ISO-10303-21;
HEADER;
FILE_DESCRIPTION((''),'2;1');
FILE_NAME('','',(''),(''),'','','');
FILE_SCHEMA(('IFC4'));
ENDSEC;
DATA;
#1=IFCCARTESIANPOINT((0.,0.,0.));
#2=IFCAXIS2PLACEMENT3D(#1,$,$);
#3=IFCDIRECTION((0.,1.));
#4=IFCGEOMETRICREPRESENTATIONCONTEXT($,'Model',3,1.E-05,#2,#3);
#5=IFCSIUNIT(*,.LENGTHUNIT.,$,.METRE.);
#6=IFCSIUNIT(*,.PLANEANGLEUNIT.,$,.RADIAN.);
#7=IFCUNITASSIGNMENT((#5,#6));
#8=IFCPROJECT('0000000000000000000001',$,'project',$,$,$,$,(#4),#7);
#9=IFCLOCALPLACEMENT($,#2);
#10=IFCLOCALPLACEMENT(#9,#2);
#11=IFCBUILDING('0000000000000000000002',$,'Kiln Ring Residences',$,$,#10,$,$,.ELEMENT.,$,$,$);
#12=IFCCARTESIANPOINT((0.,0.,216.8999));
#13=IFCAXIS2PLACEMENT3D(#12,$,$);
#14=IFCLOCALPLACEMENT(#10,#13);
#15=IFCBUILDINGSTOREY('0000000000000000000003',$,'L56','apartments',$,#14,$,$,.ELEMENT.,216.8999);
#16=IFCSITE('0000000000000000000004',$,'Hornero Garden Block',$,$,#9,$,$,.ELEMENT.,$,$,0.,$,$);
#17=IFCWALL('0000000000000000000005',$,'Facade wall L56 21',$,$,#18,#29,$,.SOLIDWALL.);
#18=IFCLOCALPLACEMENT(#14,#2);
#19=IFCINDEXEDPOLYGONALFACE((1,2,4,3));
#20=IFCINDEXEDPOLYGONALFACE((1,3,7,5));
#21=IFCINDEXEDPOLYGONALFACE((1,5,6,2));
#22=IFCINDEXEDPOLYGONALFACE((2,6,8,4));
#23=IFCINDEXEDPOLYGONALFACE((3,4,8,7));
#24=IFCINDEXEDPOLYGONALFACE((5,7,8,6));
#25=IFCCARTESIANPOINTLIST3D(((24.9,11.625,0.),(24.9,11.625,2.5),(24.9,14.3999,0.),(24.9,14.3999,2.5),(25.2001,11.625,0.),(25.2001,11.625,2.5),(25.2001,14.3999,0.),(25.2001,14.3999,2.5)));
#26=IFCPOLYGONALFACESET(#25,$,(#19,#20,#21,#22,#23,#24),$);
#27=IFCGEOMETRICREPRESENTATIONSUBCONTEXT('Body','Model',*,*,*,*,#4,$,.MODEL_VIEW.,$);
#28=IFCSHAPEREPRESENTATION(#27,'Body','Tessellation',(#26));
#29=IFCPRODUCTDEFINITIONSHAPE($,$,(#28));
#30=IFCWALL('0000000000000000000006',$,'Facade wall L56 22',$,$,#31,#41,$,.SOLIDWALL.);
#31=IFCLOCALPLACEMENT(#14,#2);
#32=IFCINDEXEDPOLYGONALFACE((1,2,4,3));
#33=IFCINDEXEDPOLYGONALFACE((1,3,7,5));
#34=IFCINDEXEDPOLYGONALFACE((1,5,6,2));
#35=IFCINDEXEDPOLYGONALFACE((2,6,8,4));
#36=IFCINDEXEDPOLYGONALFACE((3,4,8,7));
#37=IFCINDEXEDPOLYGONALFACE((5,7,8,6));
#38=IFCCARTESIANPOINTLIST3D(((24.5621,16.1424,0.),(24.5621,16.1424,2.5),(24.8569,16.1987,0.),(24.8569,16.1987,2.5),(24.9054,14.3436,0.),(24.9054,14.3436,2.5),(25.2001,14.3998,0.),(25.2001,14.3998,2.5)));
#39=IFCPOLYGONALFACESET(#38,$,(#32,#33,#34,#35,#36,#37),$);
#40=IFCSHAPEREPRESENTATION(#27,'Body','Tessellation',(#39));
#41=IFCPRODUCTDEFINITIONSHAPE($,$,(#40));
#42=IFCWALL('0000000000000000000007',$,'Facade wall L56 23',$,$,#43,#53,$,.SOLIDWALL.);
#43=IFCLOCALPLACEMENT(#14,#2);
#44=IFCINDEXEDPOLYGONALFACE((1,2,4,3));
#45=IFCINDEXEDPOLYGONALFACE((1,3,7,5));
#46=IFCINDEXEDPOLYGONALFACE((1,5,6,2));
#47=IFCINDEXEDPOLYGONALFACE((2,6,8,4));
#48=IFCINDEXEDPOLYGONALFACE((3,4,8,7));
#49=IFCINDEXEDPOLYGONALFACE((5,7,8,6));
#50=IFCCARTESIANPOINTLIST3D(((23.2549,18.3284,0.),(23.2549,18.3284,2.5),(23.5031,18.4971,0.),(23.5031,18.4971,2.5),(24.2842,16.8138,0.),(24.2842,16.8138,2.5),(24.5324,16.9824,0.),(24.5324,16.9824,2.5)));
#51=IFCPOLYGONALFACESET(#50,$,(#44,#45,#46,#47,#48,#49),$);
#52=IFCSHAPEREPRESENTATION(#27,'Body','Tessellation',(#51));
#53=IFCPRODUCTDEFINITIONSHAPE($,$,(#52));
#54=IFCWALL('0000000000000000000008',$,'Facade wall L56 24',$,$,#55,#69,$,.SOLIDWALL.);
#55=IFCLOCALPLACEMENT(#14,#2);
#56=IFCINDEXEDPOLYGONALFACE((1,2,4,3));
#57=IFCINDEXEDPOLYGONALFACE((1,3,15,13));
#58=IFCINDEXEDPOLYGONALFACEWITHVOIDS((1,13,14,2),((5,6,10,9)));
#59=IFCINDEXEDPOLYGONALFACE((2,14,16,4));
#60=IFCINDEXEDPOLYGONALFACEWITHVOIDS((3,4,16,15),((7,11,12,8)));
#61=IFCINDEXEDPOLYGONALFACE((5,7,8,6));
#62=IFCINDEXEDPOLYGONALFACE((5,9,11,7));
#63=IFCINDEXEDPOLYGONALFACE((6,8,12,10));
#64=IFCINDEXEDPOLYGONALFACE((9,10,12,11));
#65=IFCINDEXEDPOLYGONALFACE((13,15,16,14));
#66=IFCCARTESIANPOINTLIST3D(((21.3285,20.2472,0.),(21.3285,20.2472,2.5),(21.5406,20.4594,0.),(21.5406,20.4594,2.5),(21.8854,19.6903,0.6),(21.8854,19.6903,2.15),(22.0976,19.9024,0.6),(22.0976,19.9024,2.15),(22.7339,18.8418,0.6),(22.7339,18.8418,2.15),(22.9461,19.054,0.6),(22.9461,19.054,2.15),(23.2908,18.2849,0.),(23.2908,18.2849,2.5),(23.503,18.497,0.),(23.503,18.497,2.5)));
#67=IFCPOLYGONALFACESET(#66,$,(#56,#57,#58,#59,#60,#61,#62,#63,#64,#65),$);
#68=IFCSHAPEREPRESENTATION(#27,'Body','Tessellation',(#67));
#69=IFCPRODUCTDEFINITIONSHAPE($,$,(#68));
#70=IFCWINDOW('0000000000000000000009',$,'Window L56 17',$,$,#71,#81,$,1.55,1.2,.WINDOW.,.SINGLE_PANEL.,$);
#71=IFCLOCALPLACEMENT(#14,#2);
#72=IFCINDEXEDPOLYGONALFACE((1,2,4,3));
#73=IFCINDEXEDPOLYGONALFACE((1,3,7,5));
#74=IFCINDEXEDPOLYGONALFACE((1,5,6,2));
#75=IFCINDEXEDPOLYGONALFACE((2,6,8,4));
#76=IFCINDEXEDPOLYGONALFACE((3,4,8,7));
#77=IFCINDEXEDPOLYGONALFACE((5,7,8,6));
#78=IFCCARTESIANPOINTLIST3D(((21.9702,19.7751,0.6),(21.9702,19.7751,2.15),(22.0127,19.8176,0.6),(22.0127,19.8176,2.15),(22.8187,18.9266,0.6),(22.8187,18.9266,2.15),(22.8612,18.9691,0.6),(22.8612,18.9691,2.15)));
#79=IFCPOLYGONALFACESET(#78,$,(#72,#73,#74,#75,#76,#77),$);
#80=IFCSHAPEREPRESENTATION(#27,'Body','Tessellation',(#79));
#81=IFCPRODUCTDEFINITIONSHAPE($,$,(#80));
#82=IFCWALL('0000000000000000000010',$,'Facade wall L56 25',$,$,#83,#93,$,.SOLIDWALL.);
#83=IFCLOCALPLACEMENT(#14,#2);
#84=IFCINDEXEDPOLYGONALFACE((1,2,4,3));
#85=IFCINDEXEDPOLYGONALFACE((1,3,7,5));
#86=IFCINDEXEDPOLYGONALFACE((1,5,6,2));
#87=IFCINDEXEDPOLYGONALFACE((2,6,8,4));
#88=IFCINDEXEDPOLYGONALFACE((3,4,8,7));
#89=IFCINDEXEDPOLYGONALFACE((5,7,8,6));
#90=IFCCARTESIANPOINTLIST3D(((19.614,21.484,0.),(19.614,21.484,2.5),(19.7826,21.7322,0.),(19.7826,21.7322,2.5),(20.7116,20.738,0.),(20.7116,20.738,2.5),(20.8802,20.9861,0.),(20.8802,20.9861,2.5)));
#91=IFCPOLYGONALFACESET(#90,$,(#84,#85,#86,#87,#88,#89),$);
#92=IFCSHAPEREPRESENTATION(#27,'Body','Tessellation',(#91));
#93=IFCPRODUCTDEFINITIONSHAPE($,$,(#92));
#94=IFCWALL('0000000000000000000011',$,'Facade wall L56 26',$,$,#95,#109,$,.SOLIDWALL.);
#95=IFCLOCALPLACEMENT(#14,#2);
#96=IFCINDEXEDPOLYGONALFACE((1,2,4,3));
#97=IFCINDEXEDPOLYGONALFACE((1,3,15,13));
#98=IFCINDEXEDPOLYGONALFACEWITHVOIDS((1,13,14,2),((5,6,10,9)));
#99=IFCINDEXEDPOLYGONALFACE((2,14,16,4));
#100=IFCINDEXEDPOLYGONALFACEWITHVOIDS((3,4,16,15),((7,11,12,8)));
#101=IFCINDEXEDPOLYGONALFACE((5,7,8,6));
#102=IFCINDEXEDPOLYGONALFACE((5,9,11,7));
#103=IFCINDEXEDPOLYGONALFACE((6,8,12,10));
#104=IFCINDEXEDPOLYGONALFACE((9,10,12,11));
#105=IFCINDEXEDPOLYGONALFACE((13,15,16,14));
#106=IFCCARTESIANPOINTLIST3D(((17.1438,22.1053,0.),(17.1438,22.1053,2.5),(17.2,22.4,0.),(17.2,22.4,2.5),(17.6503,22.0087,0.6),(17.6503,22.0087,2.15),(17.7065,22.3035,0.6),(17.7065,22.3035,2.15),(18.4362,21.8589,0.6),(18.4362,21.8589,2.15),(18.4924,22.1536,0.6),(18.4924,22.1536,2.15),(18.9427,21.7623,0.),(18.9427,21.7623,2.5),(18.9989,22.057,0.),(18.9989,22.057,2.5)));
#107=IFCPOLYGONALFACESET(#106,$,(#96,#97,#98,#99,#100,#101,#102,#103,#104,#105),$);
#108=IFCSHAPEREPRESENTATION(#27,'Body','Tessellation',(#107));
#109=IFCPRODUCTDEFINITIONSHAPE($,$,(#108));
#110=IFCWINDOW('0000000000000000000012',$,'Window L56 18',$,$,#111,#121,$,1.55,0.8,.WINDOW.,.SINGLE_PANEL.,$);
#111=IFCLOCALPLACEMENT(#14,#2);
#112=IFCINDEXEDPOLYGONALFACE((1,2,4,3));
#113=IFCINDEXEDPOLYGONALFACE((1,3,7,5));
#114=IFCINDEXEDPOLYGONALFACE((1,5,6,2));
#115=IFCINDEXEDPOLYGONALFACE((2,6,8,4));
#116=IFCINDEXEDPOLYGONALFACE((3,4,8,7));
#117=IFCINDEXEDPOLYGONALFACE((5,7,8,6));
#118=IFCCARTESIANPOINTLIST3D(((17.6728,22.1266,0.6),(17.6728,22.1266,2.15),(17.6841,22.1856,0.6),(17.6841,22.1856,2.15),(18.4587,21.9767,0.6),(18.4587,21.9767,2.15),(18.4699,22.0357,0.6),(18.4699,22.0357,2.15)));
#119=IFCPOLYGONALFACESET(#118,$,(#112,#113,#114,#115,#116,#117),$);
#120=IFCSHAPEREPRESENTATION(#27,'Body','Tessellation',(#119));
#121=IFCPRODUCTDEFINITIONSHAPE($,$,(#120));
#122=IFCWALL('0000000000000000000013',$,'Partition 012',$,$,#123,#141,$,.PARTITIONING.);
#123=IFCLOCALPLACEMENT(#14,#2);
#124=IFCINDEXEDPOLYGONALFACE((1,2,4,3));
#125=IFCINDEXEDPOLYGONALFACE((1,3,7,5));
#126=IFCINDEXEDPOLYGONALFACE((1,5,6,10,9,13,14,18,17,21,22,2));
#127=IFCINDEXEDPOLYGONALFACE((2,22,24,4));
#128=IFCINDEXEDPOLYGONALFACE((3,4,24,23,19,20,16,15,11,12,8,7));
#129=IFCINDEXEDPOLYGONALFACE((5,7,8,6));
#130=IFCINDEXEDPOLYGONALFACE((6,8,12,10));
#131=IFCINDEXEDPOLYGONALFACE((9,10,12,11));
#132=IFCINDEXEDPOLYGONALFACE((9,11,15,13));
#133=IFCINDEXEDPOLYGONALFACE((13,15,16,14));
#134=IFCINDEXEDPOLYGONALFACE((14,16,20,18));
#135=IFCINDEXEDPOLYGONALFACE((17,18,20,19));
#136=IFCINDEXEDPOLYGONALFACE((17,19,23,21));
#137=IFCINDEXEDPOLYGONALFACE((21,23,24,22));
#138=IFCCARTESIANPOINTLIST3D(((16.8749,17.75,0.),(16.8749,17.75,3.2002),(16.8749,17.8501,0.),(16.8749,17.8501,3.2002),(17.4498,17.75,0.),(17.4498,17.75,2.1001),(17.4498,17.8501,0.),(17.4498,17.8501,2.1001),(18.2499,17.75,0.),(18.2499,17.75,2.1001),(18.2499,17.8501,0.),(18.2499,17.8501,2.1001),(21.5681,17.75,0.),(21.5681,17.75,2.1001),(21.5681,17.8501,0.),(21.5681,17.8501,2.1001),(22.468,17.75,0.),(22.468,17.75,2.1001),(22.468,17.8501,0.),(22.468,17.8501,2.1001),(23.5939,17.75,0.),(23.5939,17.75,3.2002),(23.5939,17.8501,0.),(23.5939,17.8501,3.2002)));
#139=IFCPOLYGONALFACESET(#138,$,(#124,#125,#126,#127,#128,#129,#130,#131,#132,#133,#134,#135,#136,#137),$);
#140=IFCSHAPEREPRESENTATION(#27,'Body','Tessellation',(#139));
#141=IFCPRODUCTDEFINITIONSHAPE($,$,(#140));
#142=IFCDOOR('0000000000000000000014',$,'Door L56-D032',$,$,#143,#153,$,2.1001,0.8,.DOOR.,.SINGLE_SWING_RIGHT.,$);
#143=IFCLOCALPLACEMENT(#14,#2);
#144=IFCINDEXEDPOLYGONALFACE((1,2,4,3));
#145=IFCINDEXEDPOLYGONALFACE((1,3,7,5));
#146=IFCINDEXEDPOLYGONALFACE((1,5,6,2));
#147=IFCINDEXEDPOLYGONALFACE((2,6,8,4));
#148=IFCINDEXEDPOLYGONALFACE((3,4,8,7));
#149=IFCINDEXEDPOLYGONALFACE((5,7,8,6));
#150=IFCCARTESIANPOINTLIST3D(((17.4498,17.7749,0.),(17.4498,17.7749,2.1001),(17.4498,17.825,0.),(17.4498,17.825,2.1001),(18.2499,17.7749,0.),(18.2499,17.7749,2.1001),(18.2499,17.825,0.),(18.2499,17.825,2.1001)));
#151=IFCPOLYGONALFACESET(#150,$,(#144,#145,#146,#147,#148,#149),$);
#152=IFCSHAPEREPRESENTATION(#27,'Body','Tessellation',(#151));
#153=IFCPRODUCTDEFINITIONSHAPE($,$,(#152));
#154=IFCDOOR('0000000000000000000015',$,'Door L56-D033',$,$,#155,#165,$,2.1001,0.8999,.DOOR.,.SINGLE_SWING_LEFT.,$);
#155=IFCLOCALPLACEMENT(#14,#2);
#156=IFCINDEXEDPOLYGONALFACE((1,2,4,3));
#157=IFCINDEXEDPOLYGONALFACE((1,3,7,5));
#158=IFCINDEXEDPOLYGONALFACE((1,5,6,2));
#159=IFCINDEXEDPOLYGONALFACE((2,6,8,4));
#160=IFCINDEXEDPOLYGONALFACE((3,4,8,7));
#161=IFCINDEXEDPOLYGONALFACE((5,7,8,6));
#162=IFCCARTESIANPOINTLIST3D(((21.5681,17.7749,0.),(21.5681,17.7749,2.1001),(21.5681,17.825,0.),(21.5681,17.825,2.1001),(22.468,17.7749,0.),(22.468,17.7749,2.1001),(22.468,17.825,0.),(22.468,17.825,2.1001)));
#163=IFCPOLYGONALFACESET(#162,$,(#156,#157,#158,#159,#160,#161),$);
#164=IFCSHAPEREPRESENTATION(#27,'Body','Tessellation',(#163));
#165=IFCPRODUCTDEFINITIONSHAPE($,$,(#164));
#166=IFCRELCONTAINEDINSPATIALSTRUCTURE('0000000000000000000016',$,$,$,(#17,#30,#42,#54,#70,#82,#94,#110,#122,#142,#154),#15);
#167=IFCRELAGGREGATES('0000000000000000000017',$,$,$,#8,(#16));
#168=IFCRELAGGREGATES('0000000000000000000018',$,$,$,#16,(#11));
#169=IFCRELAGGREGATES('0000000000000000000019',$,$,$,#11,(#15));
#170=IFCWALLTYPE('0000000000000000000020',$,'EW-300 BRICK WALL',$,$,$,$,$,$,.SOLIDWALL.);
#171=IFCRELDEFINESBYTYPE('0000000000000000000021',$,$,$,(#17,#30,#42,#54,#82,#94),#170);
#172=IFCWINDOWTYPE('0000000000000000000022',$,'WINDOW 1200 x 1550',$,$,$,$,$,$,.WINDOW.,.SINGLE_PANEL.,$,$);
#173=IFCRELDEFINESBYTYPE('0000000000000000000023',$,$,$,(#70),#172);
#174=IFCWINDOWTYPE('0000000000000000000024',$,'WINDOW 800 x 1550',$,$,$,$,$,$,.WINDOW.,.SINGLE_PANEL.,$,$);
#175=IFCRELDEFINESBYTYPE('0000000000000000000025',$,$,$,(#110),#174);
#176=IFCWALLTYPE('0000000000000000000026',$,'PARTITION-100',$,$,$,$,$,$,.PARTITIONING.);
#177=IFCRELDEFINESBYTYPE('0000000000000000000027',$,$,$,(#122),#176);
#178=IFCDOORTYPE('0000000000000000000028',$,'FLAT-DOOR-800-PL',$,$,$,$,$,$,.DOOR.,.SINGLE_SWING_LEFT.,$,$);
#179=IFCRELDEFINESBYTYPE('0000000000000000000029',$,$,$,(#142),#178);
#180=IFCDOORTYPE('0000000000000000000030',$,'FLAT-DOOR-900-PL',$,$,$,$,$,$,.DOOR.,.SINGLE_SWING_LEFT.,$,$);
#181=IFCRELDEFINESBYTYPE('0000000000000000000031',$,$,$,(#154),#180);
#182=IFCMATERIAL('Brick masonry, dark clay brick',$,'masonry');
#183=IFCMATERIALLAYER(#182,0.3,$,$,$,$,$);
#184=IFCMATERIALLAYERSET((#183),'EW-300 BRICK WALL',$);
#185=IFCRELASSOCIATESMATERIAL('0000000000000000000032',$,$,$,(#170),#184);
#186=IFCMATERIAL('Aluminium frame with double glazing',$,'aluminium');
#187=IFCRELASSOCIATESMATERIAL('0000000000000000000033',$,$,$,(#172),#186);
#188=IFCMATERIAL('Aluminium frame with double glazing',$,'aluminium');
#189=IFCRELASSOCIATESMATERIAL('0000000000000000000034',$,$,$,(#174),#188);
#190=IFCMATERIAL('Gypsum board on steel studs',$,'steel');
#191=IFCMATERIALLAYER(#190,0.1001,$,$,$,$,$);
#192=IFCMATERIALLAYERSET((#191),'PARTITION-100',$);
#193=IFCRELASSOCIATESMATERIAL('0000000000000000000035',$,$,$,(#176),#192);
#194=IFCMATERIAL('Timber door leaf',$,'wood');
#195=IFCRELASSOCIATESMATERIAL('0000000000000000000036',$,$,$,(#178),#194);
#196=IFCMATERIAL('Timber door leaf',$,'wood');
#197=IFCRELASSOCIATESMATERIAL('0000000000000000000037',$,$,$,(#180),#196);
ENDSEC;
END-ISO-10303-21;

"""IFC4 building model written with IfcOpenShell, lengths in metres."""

from ifc_helpers import new_model, si_unit, direction, frame, frame_2d, origin, place, context, subcontext, project, spatial, rectangle, extrude, material, layer, layer_set, type_object, element, fill, save


model = new_model("IFC4")

# Units and contexts
model_context = context("Model", 3, precision=1e-05, world=origin(), true_north=direction((0.0, 1.0)))
body_context = subcontext(model_context, "Body", "Model", "MODEL_VIEW")
ifc_project = project(units=[si_unit("LENGTHUNIT", "METRE"), si_unit("PLANEANGLEUNIT", "RADIAN")], contexts=[model_context])

# Site, building, storey
site_placement = place(None, origin())
site = spatial("IfcSite", under=ifc_project, at=site_placement, Name="Hornero Garden Block", CompositionType="ELEMENT", RefElevation=0.0)
building_placement = place(site_placement, origin())
building = spatial("IfcBuilding", under=site, at=building_placement, Name="Kiln Ring Residences", CompositionType="ELEMENT")
storey_placement = place(building_placement, frame((0.0, 0.0, 216.8999)))
storey = spatial("IfcBuildingStorey", under=building, at=storey_placement, Name="L56", Description="apartments", CompositionType="ELEMENT", Elevation=216.8999)

# Walls
ifc_material_1 = material(Name="Brick masonry, dark clay brick", Category="masonry")
ifc_layer_1 = layer(ifc_material_1, 0.3)
ifc_layer_set_1 = layer_set([ifc_layer_1], Name="EW-300 BRICK WALL")
wall_type_1 = type_object("IfcWallType", Name="EW-300 BRICK WALL", PredefinedType="SOLIDWALL", material=ifc_layer_set_1)
wall_1_placement = place(storey_placement, frame((25.05, 11.625, 0.0), z_axis=(0.0, 0.0, 1.0), x_axis=(0.0, 1.0, 0.0)))
element("IfcWall", 1, at=wall_1_placement, inside=storey, type_object=wall_type_1, Name="Facade wall L56 21", PredefinedType="SOLIDWALL", context=body_context, shape_type="SweptSolid", body=[
    extrude(rectangle(XDim=2.7749, YDim=0.3, at=frame_2d((1.3875, 0.0))), origin(), (0.0, 0.0, 1.0), 2.5),
])
for number, where, z_axis, x_axis, name in (
    (2, (25.0527, 14.3718, 0.0), (0.0, 0.0, 1.0), (-0.187443, 0.982275, 0.0), "Facade wall L56 22"),
    (3, (24.4082, 16.8982, 0.0), (0.0, 0.0, 1.0), (-0.562062, 0.827095, 0.0), "Facade wall L56 23"),
):
    element("IfcWall", number, at=place(storey_placement, frame(where, z_axis=z_axis, x_axis=x_axis)), inside=storey, type_object=wall_type_1, Name=name, PredefinedType="SOLIDWALL", context=body_context, shape_type="SweptSolid", body=[
        extrude(rectangle(XDim=1.8313, YDim=0.3, at=frame_2d((0.9155, 0.0))), origin(), (0.0, 0.0, 1.0), 2.5),
    ])

# Wall, opening, window
wall_2_placement = place(storey_placement, frame((23.397, 18.3909, 0.0), z_axis=(0.0, 0.0, 1.0), x_axis=(-0.707107, 0.707107, 0.0)))
wall_2 = element("IfcWall", 4, at=wall_2_placement, inside=storey, type_object=wall_type_1, Name="Facade wall L56 24", PredefinedType="SOLIDWALL", context=body_context, shape_type="SweptSolid", body=[
    extrude(rectangle(XDim=2.7751, YDim=0.3, at=frame_2d((1.3877, 0.0))), origin(), (0.0, 0.0, 1.0), 2.5),
])
opening_1_placement = place(wall_2_placement, frame((0.7876, 0.0, 0.6001)))
opening_1 = element("IfcOpeningElement", 5, at=opening_1_placement, cuts=wall_2, PredefinedType="OPENING", context=body_context, shape_type="SweptSolid", body=[
    extrude(rectangle(XDim=1.2, YDim=1.55, at=frame_2d((0.6001, 0.7749))), frame((0.0, 0.1599, 0.0), z_axis=(0.0, -1.0, 0.0), x_axis=(1.0, 0.0, 0.0)), (0.0, 0.0, 1.0), 0.3201),
])
ifc_material_2 = material(Name="Aluminium frame with double glazing", Category="aluminium")
window_type_1 = type_object("IfcWindowType", Name="WINDOW 1200 x 1550", PartitioningType="SINGLE_PANEL", PredefinedType="WINDOW", material=ifc_material_2)
window_1_placement = place(opening_1_placement, origin())
window_1 = element("IfcWindow", 6, at=window_1_placement, inside=storey, type_object=window_type_1, Name="Window L56 17", OverallHeight=1.55, OverallWidth=1.2, PartitioningType="SINGLE_PANEL", PredefinedType="WINDOW", context=body_context, shape_type="SweptSolid", body=[
    extrude(rectangle(XDim=1.2, YDim=1.55, at=frame_2d((0.6001, 0.7749))), frame((0.0, 0.03, 0.0), z_axis=(0.0, -1.0, 0.0), x_axis=(1.0, 0.0, 0.0)), (0.0, 0.0, 1.0), 0.0601),
])
fill(opening_1, window_1)

# Wall
wall_3_placement = place(storey_placement, frame((20.7959, 20.8621, 0.0), z_axis=(0.0, 0.0, 1.0), x_axis=(-0.827036, 0.562149, 0.0)))
element("IfcWall", 7, at=wall_3_placement, inside=storey, type_object=wall_type_1, Name="Facade wall L56 25", PredefinedType="SOLIDWALL", context=body_context, shape_type="SweptSolid", body=[
    extrude(rectangle(XDim=1.3271, YDim=0.3, at=frame_2d((0.6636, 0.0))), origin(), (0.0, 0.0, 1.0), 2.5),
])

# Wall, opening, window
wall_4_placement = place(storey_placement, frame((18.9707, 21.9097, 0.0), z_axis=(0.0, 0.0, 1.0), x_axis=(-0.9823, 0.187314, 0.0)))
wall_4 = element("IfcWall", 8, at=wall_4_placement, inside=storey, type_object=wall_type_1, Name="Facade wall L56 26", PredefinedType="SOLIDWALL", context=body_context, shape_type="SweptSolid", body=[
    extrude(rectangle(XDim=1.8313, YDim=0.3, at=frame_2d((0.9155, 0.0))), origin(), (0.0, 0.0, 1.0), 2.5),
])
opening_2_placement = place(wall_4_placement, frame((0.5156, 0.0, 0.6001)))
opening_2 = element("IfcOpeningElement", 9, at=opening_2_placement, cuts=wall_4, PredefinedType="OPENING", context=body_context, shape_type="SweptSolid", body=[
    extrude(rectangle(XDim=0.8, YDim=1.55, at=frame_2d((0.3999, 0.7749))), frame((0.0, 0.1599, 0.0), z_axis=(0.0, -1.0, 0.0), x_axis=(1.0, 0.0, 0.0)), (0.0, 0.0, 1.0), 0.3201),
])
ifc_material_3 = material(Name="Aluminium frame with double glazing", Category="aluminium")
window_type_2 = type_object("IfcWindowType", Name="WINDOW 800 x 1550", PartitioningType="SINGLE_PANEL", PredefinedType="WINDOW", material=ifc_material_3)
window_2_placement = place(opening_2_placement, origin())
window_2 = element("IfcWindow", 10, at=window_2_placement, inside=storey, type_object=window_type_2, Name="Window L56 18", OverallHeight=1.55, OverallWidth=0.8, PartitioningType="SINGLE_PANEL", PredefinedType="WINDOW", context=body_context, shape_type="SweptSolid", body=[
    extrude(rectangle(XDim=0.8, YDim=1.55, at=frame_2d((0.3999, 0.7749))), frame((0.0, 0.03, 0.0), z_axis=(0.0, -1.0, 0.0), x_axis=(1.0, 0.0, 0.0)), (0.0, 0.0, 1.0), 0.0601),
])
fill(opening_2, window_2)

# Wall, openings, doors
ifc_material_4 = material(Name="Gypsum board on steel studs", Category="steel")
ifc_layer_2 = layer(ifc_material_4, 0.1001)
ifc_layer_set_2 = layer_set([ifc_layer_2], Name="PARTITION-100")
wall_type_2 = type_object("IfcWallType", Name="PARTITION-100", PredefinedType="PARTITIONING", material=ifc_layer_set_2)
wall_5_placement = place(storey_placement, frame((16.875, 17.8, 0.0), z_axis=(0.0, 0.0, 1.0), x_axis=(1.0, 0.0, 0.0)))
wall_5 = element("IfcWall", 11, at=wall_5_placement, inside=storey, type_object=wall_type_2, Name="Partition 012", PredefinedType="PARTITIONING", context=body_context, shape_type="SweptSolid", body=[
    extrude(rectangle(XDim=6.719, YDim=0.1001, at=frame_2d((3.3594, 0.0))), origin(), (0.0, 0.0, 1.0), 3.2002),
])
opening_3_placement = place(wall_5_placement, frame((0.575, 0.0, 0.0)))
opening_3 = element("IfcOpeningElement", 12, at=opening_3_placement, cuts=wall_5, PredefinedType="OPENING", context=body_context, shape_type="SweptSolid", body=[
    extrude(rectangle(XDim=0.8, YDim=2.1001, at=frame_2d((0.3999, 1.05))), frame((0.0, 0.0601, 0.0), z_axis=(0.0, -1.0, 0.0), x_axis=(1.0, 0.0, 0.0)), (0.0, 0.0, 1.0), 0.1201),
])
opening_4_placement = place(wall_5_placement, frame((4.6931, 0.0, 0.0)))
opening_4 = element("IfcOpeningElement", 13, at=opening_4_placement, cuts=wall_5, PredefinedType="OPENING", context=body_context, shape_type="SweptSolid", body=[
    extrude(rectangle(XDim=0.8999, YDim=2.1001, at=frame_2d((0.45, 1.05))), frame((0.0, 0.0601, 0.0), z_axis=(0.0, -1.0, 0.0), x_axis=(1.0, 0.0, 0.0)), (0.0, 0.0, 1.0), 0.1201),
])
ifc_material_5 = material(Name="Timber door leaf", Category="wood")
door_type_1 = type_object("IfcDoorType", Name="FLAT-DOOR-800-PL", OperationType="SINGLE_SWING_LEFT", PredefinedType="DOOR", material=ifc_material_5)
door_1_placement = place(opening_3_placement, origin())
door_1 = element("IfcDoor", 14, at=door_1_placement, inside=storey, type_object=door_type_1, Name="Door L56-D032", OperationType="SINGLE_SWING_RIGHT", OverallHeight=2.1001, OverallWidth=0.8, PredefinedType="DOOR", context=body_context, shape_type="SweptSolid", body=[
    extrude(rectangle(XDim=0.8, YDim=2.1001, at=frame_2d((0.3999, 1.05))), frame((0.0, 0.0249, 0.0), z_axis=(0.0, -1.0, 0.0), x_axis=(1.0, 0.0, 0.0)), (0.0, 0.0, 1.0), 0.05),
])
fill(opening_3, door_1)
ifc_material_6 = material(Name="Timber door leaf", Category="wood")
door_type_2 = type_object("IfcDoorType", Name="FLAT-DOOR-900-PL", OperationType="SINGLE_SWING_LEFT", PredefinedType="DOOR", material=ifc_material_6)
door_2_placement = place(opening_4_placement, origin())
door_2 = element("IfcDoor", 15, at=door_2_placement, inside=storey, type_object=door_type_2, Name="Door L56-D033", OperationType="SINGLE_SWING_LEFT", OverallHeight=2.1001, OverallWidth=0.8999, PredefinedType="DOOR", context=body_context, shape_type="SweptSolid", body=[
    extrude(rectangle(XDim=0.8999, YDim=2.1001, at=frame_2d((0.45, 1.05))), frame((0.0, 0.0249, 0.0), z_axis=(0.0, -1.0, 0.0), x_axis=(1.0, 0.0, 0.0)), (0.0, 0.0, 1.0), 0.05),
])
fill(opening_4, door_2)

save(model, "model.ifc")
